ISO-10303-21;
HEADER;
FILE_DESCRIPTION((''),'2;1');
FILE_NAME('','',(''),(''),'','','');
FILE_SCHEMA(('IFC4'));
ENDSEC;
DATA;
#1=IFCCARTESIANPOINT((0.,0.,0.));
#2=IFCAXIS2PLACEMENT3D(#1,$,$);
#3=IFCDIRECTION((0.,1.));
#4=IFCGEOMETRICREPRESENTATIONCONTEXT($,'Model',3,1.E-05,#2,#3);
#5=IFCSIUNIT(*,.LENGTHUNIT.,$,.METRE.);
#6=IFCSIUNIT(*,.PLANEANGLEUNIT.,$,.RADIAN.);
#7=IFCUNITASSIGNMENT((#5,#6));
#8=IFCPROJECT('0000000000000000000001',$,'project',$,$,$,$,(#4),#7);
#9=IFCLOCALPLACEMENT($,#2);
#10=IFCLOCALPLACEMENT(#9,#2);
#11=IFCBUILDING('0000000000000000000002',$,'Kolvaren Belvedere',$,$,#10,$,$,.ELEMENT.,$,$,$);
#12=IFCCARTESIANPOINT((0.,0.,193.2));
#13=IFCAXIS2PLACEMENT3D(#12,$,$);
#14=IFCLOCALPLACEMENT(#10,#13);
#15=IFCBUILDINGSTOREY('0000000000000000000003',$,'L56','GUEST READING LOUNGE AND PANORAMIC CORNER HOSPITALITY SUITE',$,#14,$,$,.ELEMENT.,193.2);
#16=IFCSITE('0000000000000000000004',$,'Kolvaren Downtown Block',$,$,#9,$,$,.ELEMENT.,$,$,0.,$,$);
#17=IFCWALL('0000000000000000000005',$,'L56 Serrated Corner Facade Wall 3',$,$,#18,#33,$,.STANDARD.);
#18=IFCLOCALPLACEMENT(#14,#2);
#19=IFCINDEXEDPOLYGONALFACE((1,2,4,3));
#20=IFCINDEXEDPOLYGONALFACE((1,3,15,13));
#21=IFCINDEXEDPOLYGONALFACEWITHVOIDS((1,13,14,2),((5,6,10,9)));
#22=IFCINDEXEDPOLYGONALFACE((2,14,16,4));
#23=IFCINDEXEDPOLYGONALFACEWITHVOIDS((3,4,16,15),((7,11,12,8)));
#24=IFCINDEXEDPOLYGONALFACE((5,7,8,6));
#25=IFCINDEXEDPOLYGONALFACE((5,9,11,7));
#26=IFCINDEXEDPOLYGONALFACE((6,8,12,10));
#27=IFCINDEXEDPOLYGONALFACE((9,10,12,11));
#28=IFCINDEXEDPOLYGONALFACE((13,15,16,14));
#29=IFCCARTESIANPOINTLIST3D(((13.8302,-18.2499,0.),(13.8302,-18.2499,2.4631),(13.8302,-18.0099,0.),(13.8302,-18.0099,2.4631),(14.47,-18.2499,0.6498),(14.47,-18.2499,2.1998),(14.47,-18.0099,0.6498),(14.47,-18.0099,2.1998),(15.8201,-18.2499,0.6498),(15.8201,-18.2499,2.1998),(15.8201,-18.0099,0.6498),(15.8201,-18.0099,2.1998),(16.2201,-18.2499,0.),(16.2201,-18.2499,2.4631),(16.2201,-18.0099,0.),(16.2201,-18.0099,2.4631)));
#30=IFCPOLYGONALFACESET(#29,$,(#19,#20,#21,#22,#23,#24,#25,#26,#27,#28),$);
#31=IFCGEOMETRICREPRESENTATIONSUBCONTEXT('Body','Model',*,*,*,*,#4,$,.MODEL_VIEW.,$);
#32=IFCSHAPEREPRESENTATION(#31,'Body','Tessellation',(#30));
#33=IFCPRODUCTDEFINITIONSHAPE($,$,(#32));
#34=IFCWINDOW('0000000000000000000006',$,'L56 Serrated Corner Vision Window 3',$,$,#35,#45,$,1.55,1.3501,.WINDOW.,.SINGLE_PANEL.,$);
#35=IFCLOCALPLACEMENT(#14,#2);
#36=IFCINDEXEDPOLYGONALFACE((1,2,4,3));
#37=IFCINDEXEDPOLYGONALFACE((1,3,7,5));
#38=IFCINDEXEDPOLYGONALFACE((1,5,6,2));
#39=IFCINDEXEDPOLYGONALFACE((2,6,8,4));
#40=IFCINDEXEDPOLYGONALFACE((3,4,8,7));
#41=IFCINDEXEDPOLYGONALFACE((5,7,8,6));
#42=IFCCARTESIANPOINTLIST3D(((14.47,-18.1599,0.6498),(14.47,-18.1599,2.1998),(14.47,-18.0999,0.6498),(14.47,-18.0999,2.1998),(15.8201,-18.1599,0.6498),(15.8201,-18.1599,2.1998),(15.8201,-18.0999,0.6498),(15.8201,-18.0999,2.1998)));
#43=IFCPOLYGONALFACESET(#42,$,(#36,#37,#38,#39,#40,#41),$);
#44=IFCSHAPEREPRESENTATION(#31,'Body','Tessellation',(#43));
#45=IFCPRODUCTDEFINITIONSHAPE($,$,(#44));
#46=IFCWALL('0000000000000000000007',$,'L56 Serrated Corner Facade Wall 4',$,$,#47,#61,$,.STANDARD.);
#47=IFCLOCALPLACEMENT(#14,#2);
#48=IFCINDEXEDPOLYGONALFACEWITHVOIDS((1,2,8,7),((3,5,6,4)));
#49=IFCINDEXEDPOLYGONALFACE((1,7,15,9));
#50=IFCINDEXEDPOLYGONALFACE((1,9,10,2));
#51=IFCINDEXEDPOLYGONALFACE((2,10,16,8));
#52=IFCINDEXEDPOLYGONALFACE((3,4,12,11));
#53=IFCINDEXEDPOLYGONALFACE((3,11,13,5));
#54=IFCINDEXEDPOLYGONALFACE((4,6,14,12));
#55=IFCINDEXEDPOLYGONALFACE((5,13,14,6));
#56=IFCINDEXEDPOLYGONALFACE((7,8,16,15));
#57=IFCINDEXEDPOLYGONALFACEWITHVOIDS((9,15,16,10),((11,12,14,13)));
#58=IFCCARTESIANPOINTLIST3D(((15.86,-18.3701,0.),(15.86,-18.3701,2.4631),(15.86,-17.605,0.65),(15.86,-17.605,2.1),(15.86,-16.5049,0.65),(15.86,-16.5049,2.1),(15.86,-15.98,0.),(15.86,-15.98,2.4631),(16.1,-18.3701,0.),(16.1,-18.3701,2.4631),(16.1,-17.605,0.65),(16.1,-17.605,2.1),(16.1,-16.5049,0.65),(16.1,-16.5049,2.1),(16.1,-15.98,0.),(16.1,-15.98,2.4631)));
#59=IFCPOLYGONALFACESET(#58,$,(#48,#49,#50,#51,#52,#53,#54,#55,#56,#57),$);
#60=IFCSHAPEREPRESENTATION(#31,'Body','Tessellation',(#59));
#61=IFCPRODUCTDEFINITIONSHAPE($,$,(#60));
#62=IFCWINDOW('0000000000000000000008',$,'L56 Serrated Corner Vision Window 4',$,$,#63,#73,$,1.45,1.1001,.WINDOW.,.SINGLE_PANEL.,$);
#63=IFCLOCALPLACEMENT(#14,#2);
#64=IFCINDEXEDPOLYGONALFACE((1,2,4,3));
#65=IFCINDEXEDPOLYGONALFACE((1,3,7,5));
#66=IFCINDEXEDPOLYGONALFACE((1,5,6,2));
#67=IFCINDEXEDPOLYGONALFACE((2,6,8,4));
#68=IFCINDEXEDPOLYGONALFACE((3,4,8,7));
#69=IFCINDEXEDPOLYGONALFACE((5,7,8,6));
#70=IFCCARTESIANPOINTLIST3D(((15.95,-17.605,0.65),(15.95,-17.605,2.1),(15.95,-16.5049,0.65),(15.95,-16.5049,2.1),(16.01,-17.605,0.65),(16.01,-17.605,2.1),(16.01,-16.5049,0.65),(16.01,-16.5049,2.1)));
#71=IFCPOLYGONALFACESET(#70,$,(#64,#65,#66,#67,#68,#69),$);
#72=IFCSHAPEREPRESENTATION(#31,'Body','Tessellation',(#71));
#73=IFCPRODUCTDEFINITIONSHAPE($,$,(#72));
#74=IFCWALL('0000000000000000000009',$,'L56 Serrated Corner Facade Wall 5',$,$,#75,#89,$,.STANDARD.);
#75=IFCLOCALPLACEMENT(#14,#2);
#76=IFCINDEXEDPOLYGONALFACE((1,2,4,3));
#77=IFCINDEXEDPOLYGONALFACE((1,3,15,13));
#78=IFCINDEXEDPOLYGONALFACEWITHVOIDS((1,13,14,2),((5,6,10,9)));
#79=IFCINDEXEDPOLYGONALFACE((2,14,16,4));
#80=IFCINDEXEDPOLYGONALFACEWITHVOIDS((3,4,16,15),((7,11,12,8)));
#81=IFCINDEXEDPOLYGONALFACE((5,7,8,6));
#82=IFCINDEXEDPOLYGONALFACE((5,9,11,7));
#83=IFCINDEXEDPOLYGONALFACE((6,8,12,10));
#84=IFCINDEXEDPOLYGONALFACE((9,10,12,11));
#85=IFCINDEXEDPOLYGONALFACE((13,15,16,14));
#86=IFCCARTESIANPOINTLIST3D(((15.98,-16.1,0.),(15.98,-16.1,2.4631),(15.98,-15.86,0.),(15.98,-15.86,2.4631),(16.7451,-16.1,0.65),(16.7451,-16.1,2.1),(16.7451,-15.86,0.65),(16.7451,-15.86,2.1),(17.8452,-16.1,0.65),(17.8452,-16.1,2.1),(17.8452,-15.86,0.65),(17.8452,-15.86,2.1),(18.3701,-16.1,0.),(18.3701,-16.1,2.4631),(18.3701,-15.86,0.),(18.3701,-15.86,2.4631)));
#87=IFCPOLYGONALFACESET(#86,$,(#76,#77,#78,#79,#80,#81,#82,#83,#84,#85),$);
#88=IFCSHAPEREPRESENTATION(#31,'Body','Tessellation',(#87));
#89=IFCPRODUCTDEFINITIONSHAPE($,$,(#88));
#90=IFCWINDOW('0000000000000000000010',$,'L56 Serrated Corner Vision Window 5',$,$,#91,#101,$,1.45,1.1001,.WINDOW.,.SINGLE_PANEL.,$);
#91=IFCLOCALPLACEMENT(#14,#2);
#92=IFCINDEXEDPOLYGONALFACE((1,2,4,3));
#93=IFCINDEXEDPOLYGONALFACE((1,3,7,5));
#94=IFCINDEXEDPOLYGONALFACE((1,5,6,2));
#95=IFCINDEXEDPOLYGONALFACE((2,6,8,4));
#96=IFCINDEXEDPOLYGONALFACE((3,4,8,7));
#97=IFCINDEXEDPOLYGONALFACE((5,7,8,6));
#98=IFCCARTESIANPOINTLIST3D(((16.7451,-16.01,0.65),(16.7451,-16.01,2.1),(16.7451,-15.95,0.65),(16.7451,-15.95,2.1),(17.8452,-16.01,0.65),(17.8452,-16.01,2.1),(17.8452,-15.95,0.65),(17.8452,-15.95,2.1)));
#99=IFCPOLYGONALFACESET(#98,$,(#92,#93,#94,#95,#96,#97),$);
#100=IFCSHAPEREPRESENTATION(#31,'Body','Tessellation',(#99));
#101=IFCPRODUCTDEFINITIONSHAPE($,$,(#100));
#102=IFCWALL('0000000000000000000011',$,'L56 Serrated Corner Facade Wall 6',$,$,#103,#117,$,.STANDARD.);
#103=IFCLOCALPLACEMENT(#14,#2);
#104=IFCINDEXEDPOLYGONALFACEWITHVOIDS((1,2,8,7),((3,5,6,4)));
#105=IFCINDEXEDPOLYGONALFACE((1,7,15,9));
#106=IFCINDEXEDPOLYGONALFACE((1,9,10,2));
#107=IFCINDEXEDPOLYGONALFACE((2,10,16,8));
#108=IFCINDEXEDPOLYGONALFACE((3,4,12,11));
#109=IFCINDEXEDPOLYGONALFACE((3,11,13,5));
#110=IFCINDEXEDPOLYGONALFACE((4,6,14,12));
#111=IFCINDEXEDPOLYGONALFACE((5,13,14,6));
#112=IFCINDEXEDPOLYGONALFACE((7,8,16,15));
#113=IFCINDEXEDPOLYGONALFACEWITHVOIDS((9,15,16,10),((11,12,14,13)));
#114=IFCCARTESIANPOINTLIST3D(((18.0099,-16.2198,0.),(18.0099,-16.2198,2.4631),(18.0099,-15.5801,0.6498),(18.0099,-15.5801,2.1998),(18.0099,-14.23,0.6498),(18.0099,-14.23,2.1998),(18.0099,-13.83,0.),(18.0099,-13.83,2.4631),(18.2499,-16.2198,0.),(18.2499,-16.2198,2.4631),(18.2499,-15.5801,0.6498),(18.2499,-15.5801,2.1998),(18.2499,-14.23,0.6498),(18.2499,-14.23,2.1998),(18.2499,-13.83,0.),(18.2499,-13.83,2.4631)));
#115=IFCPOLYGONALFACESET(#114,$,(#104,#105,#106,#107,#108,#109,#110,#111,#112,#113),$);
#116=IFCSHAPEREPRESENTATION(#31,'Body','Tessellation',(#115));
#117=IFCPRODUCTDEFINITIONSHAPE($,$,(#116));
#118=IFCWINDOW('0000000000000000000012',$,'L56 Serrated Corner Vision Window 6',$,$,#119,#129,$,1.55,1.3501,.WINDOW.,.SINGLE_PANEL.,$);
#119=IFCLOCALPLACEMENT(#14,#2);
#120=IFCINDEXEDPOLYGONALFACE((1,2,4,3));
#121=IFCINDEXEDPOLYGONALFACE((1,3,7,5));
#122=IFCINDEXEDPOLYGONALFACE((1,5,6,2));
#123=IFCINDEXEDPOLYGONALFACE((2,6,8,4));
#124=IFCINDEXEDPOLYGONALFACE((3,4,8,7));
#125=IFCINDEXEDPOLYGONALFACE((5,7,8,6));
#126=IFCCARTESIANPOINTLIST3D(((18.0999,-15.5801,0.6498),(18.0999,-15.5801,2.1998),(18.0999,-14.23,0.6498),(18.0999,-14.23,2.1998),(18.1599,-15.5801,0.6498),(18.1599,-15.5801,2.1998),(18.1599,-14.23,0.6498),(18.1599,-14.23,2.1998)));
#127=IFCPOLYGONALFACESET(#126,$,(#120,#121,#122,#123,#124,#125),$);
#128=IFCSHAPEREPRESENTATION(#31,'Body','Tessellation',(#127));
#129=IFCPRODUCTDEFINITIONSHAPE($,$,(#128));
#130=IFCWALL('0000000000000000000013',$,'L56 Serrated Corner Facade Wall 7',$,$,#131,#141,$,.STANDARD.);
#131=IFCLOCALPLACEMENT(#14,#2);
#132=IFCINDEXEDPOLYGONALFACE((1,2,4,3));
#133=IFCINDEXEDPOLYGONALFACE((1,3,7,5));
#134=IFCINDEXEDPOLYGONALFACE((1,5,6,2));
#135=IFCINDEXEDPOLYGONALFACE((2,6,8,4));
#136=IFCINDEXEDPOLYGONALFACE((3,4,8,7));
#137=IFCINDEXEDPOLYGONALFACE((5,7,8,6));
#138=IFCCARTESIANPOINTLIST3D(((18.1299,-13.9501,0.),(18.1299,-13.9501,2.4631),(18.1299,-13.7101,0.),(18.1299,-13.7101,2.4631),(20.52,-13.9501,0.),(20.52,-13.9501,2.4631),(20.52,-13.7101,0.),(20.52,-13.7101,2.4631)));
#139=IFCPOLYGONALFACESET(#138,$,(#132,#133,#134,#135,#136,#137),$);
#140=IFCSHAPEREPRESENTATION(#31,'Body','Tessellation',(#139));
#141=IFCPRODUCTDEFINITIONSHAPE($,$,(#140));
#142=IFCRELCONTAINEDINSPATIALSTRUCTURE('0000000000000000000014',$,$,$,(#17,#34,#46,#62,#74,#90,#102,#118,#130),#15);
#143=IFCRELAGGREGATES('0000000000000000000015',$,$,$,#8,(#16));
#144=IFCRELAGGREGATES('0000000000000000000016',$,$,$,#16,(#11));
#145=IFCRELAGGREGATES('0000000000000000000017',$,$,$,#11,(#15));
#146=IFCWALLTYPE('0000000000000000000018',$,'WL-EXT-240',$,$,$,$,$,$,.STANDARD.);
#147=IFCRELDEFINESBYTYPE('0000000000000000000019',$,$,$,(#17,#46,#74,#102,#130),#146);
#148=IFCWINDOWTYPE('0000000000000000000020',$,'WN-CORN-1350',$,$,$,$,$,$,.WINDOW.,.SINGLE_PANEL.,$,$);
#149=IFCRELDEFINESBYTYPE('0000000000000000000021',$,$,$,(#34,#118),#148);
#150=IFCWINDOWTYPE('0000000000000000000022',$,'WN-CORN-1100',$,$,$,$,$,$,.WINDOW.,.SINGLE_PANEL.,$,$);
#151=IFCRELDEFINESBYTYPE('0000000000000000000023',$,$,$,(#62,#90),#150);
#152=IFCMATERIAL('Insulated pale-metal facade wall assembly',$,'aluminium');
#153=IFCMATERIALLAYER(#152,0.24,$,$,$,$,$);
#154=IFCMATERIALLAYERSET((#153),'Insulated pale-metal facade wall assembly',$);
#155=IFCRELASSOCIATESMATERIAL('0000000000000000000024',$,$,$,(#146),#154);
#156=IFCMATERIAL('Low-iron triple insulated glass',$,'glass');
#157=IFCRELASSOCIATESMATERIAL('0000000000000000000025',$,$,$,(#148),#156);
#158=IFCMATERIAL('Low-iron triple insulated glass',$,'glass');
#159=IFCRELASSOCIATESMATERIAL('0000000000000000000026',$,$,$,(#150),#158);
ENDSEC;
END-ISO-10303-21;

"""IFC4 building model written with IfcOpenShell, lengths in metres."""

from ifc_helpers import new_model, si_unit, direction, frame, frame_2d, origin, place, context, subcontext, project, spatial, rectangle, extrude, material, layer, layer_set, type_object, element, fill, save


model = new_model("IFC4")

# Units and contexts
model_context = context("Model", 3, precision=1e-05, world=origin(), true_north=direction((0.0, 1.0)))
body_context = subcontext(model_context, "Body", "Model", "MODEL_VIEW")
ifc_project = project(units=[si_unit("LENGTHUNIT", "METRE"), si_unit("PLANEANGLEUNIT", "RADIAN")], contexts=[model_context])

# Site, building, storey
site_placement = place(None, origin())
site = spatial("IfcSite", under=ifc_project, at=site_placement, Name="Kolvaren Downtown Block", CompositionType="ELEMENT", RefElevation=0.0)
building_placement = place(site_placement, origin())
building = spatial("IfcBuilding", under=site, at=building_placement, Name="Kolvaren Belvedere", CompositionType="ELEMENT")
storey_placement = place(building_placement, frame((0.0, 0.0, 193.2)))
storey = spatial("IfcBuildingStorey", under=building, at=storey_placement, Name="L56", Description="GUEST READING LOUNGE AND PANORAMIC CORNER HOSPITALITY SUITE", CompositionType="ELEMENT", Elevation=193.2)

# Shared definitions
ifc_material_1 = material(Name="Insulated pale-metal facade wall assembly", Category="aluminium")
ifc_layer_1 = layer(ifc_material_1, 0.24)
ifc_layer_set_1 = layer_set([ifc_layer_1], Name="Insulated pale-metal facade wall assembly")
wall_type = type_object("IfcWallType", Name="WL-EXT-240", PredefinedType="STANDARD", material=ifc_layer_set_1)

# Walls, openings, windows
wall_1_placement = place(storey_placement, frame((16.22, -18.1299, 0.0), z_axis=(0.0, 0.0, 1.0), x_axis=(-1.0, 0.0, 0.0)))
wall_1 = element("IfcWall", 1, at=wall_1_placement, inside=storey, type_object=wall_type, Name="L56 Serrated Corner Facade Wall 3", PredefinedType="STANDARD", context=body_context, shape_type="SweptSolid", body=[
    extrude(rectangle(XDim=2.3899, YDim=0.24, at=frame_2d((1.1948, 0.0))), origin(), (0.0, 0.0, 1.0), 2.4631),
])
opening_1_placement = place(wall_1_placement, frame((0.3999, 0.0, 0.6499)))
opening_1 = element("IfcOpeningElement", 2, at=opening_1_placement, cuts=wall_1, PredefinedType="OPENING", context=body_context, shape_type="SweptSolid", body=[
    extrude(rectangle(XDim=1.3501, YDim=1.55, at=frame_2d((0.675, 0.7749))), frame((0.0, 0.1299, 0.0), z_axis=(0.0, -1.0, 0.0), x_axis=(1.0, 0.0, 0.0)), (0.0, 0.0, 1.0), 0.26),
])
ifc_material_2 = material(Name="Low-iron triple insulated glass", Category="glass")
window_type_1 = type_object("IfcWindowType", Name="WN-CORN-1350", PartitioningType="SINGLE_PANEL", PredefinedType="WINDOW", material=ifc_material_2)
window_1_placement = place(opening_1_placement, origin())
window_1 = element("IfcWindow", 3, at=window_1_placement, inside=storey, type_object=window_type_1, Name="L56 Serrated Corner Vision Window 3", OverallHeight=1.55, OverallWidth=1.3501, PartitioningType="SINGLE_PANEL", PredefinedType="WINDOW", context=body_context, shape_type="SweptSolid", body=[
    extrude(rectangle(XDim=1.3501, YDim=1.55, at=frame_2d((0.675, 0.7749))), frame((0.0, 0.03, 0.0), z_axis=(0.0, -1.0, 0.0), x_axis=(1.0, 0.0, 0.0)), (0.0, 0.0, 1.0), 0.0601),
])
fill(opening_1, window_1)
wall_2_placement = place(storey_placement, frame((15.98, -15.98, 0.0), z_axis=(0.0, 0.0, 1.0), x_axis=(0.0, -1.0, 0.0)))
wall_2 = element("IfcWall", 4, at=wall_2_placement, inside=storey, type_object=wall_type, Name="L56 Serrated Corner Facade Wall 4", PredefinedType="STANDARD", context=body_context, shape_type="SweptSolid", body=[
    extrude(rectangle(XDim=2.3901, YDim=0.24, at=frame_2d((1.1951, 0.0))), origin(), (0.0, 0.0, 1.0), 2.4631),
])
opening_2_placement = place(wall_2_placement, frame((0.5249, 0.0, 0.6499)))
opening_2 = element("IfcOpeningElement", 5, at=opening_2_placement, cuts=wall_2, PredefinedType="OPENING", context=body_context, shape_type="SweptSolid", body=[
    extrude(rectangle(XDim=1.1001, YDim=1.45, at=frame_2d((0.55, 0.7251))), frame((0.0, 0.1299, 0.0), z_axis=(0.0, -1.0, 0.0), x_axis=(1.0, 0.0, 0.0)), (0.0, 0.0, 1.0), 0.26),
])
ifc_material_3 = material(Name="Low-iron triple insulated glass", Category="glass")
window_type_2 = type_object("IfcWindowType", Name="WN-CORN-1100", PartitioningType="SINGLE_PANEL", PredefinedType="WINDOW", material=ifc_material_3)
window_2_placement = place(opening_2_placement, origin())
window_2 = element("IfcWindow", 6, at=window_2_placement, inside=storey, type_object=window_type_2, Name="L56 Serrated Corner Vision Window 4", OverallHeight=1.45, OverallWidth=1.1001, PartitioningType="SINGLE_PANEL", PredefinedType="WINDOW", context=body_context, shape_type="SweptSolid", body=[
    extrude(rectangle(XDim=1.1001, YDim=1.45, at=frame_2d((0.55, 0.7251))), frame((0.0, 0.03, 0.0), z_axis=(0.0, -1.0, 0.0), x_axis=(1.0, 0.0, 0.0)), (0.0, 0.0, 1.0), 0.0601),
])
fill(opening_2, window_2)
wall_3_placement = place(storey_placement, frame((18.3701, -15.98, 0.0), z_axis=(0.0, 0.0, 1.0), x_axis=(-1.0, 0.0, 0.0)))
wall_3 = element("IfcWall", 7, at=wall_3_placement, inside=storey, type_object=wall_type, Name="L56 Serrated Corner Facade Wall 5", PredefinedType="STANDARD", context=body_context, shape_type="SweptSolid", body=[
    extrude(rectangle(XDim=2.3901, YDim=0.24, at=frame_2d((1.1951, 0.0))), origin(), (0.0, 0.0, 1.0), 2.4631),
])
opening_3_placement = place(wall_3_placement, frame((0.5249, 0.0, 0.6499)))
opening_3 = element("IfcOpeningElement", 8, at=opening_3_placement, cuts=wall_3, PredefinedType="OPENING", context=body_context, shape_type="SweptSolid", body=[
    extrude(rectangle(XDim=1.1001, YDim=1.45, at=frame_2d((0.55, 0.7251))), frame((0.0, 0.1299, 0.0), z_axis=(0.0, -1.0, 0.0), x_axis=(1.0, 0.0, 0.0)), (0.0, 0.0, 1.0), 0.26),
])
window_3_placement = place(opening_3_placement, origin())
window_3 = element("IfcWindow", 9, at=window_3_placement, inside=storey, type_object=window_type_2, Name="L56 Serrated Corner Vision Window 5", OverallHeight=1.45, OverallWidth=1.1001, PartitioningType="SINGLE_PANEL", PredefinedType="WINDOW", context=body_context, shape_type="SweptSolid", body=[
    extrude(rectangle(XDim=1.1001, YDim=1.45, at=frame_2d((0.55, 0.7251))), frame((0.0, 0.03, 0.0), z_axis=(0.0, -1.0, 0.0), x_axis=(1.0, 0.0, 0.0)), (0.0, 0.0, 1.0), 0.0601),
])
fill(opening_3, window_3)
wall_4_placement = place(storey_placement, frame((18.1299, -13.8301, 0.0), z_axis=(0.0, 0.0, 1.0), x_axis=(0.0, -1.0, 0.0)))
wall_4 = element("IfcWall", 10, at=wall_4_placement, inside=storey, type_object=wall_type, Name="L56 Serrated Corner Facade Wall 6", PredefinedType="STANDARD", context=body_context, shape_type="SweptSolid", body=[
    extrude(rectangle(XDim=2.3899, YDim=0.24, at=frame_2d((1.1948, 0.0))), origin(), (0.0, 0.0, 1.0), 2.4631),
])
opening_4_placement = place(wall_4_placement, frame((0.3999, 0.0, 0.6499)))
opening_4 = element("IfcOpeningElement", 11, at=opening_4_placement, cuts=wall_4, PredefinedType="OPENING", context=body_context, shape_type="SweptSolid", body=[
    extrude(rectangle(XDim=1.3501, YDim=1.55, at=frame_2d((0.675, 0.7749))), frame((0.0, 0.1299, 0.0), z_axis=(0.0, -1.0, 0.0), x_axis=(1.0, 0.0, 0.0)), (0.0, 0.0, 1.0), 0.26),
])
window_4_placement = place(opening_4_placement, origin())
window_4 = element("IfcWindow", 12, at=window_4_placement, inside=storey, type_object=window_type_1, Name="L56 Serrated Corner Vision Window 6", OverallHeight=1.55, OverallWidth=1.3501, PartitioningType="SINGLE_PANEL", PredefinedType="WINDOW", context=body_context, shape_type="SweptSolid", body=[
    extrude(rectangle(XDim=1.3501, YDim=1.55, at=frame_2d((0.675, 0.7749))), frame((0.0, 0.03, 0.0), z_axis=(0.0, -1.0, 0.0), x_axis=(1.0, 0.0, 0.0)), (0.0, 0.0, 1.0), 0.0601),
])
fill(opening_4, window_4)

# Wall
wall_5_placement = place(storey_placement, frame((20.52, -13.8301, 0.0), z_axis=(0.0, 0.0, 1.0), x_axis=(-1.0, 0.0, 0.0)))
element("IfcWall", 13, at=wall_5_placement, inside=storey, type_object=wall_type, Name="L56 Serrated Corner Facade Wall 7", PredefinedType="STANDARD", context=body_context, shape_type="SweptSolid", body=[
    extrude(rectangle(XDim=2.3901, YDim=0.24, at=frame_2d((1.1951, 0.0))), origin(), (0.0, 0.0, 1.0), 2.4631),
])

save(model, "model.ifc")
